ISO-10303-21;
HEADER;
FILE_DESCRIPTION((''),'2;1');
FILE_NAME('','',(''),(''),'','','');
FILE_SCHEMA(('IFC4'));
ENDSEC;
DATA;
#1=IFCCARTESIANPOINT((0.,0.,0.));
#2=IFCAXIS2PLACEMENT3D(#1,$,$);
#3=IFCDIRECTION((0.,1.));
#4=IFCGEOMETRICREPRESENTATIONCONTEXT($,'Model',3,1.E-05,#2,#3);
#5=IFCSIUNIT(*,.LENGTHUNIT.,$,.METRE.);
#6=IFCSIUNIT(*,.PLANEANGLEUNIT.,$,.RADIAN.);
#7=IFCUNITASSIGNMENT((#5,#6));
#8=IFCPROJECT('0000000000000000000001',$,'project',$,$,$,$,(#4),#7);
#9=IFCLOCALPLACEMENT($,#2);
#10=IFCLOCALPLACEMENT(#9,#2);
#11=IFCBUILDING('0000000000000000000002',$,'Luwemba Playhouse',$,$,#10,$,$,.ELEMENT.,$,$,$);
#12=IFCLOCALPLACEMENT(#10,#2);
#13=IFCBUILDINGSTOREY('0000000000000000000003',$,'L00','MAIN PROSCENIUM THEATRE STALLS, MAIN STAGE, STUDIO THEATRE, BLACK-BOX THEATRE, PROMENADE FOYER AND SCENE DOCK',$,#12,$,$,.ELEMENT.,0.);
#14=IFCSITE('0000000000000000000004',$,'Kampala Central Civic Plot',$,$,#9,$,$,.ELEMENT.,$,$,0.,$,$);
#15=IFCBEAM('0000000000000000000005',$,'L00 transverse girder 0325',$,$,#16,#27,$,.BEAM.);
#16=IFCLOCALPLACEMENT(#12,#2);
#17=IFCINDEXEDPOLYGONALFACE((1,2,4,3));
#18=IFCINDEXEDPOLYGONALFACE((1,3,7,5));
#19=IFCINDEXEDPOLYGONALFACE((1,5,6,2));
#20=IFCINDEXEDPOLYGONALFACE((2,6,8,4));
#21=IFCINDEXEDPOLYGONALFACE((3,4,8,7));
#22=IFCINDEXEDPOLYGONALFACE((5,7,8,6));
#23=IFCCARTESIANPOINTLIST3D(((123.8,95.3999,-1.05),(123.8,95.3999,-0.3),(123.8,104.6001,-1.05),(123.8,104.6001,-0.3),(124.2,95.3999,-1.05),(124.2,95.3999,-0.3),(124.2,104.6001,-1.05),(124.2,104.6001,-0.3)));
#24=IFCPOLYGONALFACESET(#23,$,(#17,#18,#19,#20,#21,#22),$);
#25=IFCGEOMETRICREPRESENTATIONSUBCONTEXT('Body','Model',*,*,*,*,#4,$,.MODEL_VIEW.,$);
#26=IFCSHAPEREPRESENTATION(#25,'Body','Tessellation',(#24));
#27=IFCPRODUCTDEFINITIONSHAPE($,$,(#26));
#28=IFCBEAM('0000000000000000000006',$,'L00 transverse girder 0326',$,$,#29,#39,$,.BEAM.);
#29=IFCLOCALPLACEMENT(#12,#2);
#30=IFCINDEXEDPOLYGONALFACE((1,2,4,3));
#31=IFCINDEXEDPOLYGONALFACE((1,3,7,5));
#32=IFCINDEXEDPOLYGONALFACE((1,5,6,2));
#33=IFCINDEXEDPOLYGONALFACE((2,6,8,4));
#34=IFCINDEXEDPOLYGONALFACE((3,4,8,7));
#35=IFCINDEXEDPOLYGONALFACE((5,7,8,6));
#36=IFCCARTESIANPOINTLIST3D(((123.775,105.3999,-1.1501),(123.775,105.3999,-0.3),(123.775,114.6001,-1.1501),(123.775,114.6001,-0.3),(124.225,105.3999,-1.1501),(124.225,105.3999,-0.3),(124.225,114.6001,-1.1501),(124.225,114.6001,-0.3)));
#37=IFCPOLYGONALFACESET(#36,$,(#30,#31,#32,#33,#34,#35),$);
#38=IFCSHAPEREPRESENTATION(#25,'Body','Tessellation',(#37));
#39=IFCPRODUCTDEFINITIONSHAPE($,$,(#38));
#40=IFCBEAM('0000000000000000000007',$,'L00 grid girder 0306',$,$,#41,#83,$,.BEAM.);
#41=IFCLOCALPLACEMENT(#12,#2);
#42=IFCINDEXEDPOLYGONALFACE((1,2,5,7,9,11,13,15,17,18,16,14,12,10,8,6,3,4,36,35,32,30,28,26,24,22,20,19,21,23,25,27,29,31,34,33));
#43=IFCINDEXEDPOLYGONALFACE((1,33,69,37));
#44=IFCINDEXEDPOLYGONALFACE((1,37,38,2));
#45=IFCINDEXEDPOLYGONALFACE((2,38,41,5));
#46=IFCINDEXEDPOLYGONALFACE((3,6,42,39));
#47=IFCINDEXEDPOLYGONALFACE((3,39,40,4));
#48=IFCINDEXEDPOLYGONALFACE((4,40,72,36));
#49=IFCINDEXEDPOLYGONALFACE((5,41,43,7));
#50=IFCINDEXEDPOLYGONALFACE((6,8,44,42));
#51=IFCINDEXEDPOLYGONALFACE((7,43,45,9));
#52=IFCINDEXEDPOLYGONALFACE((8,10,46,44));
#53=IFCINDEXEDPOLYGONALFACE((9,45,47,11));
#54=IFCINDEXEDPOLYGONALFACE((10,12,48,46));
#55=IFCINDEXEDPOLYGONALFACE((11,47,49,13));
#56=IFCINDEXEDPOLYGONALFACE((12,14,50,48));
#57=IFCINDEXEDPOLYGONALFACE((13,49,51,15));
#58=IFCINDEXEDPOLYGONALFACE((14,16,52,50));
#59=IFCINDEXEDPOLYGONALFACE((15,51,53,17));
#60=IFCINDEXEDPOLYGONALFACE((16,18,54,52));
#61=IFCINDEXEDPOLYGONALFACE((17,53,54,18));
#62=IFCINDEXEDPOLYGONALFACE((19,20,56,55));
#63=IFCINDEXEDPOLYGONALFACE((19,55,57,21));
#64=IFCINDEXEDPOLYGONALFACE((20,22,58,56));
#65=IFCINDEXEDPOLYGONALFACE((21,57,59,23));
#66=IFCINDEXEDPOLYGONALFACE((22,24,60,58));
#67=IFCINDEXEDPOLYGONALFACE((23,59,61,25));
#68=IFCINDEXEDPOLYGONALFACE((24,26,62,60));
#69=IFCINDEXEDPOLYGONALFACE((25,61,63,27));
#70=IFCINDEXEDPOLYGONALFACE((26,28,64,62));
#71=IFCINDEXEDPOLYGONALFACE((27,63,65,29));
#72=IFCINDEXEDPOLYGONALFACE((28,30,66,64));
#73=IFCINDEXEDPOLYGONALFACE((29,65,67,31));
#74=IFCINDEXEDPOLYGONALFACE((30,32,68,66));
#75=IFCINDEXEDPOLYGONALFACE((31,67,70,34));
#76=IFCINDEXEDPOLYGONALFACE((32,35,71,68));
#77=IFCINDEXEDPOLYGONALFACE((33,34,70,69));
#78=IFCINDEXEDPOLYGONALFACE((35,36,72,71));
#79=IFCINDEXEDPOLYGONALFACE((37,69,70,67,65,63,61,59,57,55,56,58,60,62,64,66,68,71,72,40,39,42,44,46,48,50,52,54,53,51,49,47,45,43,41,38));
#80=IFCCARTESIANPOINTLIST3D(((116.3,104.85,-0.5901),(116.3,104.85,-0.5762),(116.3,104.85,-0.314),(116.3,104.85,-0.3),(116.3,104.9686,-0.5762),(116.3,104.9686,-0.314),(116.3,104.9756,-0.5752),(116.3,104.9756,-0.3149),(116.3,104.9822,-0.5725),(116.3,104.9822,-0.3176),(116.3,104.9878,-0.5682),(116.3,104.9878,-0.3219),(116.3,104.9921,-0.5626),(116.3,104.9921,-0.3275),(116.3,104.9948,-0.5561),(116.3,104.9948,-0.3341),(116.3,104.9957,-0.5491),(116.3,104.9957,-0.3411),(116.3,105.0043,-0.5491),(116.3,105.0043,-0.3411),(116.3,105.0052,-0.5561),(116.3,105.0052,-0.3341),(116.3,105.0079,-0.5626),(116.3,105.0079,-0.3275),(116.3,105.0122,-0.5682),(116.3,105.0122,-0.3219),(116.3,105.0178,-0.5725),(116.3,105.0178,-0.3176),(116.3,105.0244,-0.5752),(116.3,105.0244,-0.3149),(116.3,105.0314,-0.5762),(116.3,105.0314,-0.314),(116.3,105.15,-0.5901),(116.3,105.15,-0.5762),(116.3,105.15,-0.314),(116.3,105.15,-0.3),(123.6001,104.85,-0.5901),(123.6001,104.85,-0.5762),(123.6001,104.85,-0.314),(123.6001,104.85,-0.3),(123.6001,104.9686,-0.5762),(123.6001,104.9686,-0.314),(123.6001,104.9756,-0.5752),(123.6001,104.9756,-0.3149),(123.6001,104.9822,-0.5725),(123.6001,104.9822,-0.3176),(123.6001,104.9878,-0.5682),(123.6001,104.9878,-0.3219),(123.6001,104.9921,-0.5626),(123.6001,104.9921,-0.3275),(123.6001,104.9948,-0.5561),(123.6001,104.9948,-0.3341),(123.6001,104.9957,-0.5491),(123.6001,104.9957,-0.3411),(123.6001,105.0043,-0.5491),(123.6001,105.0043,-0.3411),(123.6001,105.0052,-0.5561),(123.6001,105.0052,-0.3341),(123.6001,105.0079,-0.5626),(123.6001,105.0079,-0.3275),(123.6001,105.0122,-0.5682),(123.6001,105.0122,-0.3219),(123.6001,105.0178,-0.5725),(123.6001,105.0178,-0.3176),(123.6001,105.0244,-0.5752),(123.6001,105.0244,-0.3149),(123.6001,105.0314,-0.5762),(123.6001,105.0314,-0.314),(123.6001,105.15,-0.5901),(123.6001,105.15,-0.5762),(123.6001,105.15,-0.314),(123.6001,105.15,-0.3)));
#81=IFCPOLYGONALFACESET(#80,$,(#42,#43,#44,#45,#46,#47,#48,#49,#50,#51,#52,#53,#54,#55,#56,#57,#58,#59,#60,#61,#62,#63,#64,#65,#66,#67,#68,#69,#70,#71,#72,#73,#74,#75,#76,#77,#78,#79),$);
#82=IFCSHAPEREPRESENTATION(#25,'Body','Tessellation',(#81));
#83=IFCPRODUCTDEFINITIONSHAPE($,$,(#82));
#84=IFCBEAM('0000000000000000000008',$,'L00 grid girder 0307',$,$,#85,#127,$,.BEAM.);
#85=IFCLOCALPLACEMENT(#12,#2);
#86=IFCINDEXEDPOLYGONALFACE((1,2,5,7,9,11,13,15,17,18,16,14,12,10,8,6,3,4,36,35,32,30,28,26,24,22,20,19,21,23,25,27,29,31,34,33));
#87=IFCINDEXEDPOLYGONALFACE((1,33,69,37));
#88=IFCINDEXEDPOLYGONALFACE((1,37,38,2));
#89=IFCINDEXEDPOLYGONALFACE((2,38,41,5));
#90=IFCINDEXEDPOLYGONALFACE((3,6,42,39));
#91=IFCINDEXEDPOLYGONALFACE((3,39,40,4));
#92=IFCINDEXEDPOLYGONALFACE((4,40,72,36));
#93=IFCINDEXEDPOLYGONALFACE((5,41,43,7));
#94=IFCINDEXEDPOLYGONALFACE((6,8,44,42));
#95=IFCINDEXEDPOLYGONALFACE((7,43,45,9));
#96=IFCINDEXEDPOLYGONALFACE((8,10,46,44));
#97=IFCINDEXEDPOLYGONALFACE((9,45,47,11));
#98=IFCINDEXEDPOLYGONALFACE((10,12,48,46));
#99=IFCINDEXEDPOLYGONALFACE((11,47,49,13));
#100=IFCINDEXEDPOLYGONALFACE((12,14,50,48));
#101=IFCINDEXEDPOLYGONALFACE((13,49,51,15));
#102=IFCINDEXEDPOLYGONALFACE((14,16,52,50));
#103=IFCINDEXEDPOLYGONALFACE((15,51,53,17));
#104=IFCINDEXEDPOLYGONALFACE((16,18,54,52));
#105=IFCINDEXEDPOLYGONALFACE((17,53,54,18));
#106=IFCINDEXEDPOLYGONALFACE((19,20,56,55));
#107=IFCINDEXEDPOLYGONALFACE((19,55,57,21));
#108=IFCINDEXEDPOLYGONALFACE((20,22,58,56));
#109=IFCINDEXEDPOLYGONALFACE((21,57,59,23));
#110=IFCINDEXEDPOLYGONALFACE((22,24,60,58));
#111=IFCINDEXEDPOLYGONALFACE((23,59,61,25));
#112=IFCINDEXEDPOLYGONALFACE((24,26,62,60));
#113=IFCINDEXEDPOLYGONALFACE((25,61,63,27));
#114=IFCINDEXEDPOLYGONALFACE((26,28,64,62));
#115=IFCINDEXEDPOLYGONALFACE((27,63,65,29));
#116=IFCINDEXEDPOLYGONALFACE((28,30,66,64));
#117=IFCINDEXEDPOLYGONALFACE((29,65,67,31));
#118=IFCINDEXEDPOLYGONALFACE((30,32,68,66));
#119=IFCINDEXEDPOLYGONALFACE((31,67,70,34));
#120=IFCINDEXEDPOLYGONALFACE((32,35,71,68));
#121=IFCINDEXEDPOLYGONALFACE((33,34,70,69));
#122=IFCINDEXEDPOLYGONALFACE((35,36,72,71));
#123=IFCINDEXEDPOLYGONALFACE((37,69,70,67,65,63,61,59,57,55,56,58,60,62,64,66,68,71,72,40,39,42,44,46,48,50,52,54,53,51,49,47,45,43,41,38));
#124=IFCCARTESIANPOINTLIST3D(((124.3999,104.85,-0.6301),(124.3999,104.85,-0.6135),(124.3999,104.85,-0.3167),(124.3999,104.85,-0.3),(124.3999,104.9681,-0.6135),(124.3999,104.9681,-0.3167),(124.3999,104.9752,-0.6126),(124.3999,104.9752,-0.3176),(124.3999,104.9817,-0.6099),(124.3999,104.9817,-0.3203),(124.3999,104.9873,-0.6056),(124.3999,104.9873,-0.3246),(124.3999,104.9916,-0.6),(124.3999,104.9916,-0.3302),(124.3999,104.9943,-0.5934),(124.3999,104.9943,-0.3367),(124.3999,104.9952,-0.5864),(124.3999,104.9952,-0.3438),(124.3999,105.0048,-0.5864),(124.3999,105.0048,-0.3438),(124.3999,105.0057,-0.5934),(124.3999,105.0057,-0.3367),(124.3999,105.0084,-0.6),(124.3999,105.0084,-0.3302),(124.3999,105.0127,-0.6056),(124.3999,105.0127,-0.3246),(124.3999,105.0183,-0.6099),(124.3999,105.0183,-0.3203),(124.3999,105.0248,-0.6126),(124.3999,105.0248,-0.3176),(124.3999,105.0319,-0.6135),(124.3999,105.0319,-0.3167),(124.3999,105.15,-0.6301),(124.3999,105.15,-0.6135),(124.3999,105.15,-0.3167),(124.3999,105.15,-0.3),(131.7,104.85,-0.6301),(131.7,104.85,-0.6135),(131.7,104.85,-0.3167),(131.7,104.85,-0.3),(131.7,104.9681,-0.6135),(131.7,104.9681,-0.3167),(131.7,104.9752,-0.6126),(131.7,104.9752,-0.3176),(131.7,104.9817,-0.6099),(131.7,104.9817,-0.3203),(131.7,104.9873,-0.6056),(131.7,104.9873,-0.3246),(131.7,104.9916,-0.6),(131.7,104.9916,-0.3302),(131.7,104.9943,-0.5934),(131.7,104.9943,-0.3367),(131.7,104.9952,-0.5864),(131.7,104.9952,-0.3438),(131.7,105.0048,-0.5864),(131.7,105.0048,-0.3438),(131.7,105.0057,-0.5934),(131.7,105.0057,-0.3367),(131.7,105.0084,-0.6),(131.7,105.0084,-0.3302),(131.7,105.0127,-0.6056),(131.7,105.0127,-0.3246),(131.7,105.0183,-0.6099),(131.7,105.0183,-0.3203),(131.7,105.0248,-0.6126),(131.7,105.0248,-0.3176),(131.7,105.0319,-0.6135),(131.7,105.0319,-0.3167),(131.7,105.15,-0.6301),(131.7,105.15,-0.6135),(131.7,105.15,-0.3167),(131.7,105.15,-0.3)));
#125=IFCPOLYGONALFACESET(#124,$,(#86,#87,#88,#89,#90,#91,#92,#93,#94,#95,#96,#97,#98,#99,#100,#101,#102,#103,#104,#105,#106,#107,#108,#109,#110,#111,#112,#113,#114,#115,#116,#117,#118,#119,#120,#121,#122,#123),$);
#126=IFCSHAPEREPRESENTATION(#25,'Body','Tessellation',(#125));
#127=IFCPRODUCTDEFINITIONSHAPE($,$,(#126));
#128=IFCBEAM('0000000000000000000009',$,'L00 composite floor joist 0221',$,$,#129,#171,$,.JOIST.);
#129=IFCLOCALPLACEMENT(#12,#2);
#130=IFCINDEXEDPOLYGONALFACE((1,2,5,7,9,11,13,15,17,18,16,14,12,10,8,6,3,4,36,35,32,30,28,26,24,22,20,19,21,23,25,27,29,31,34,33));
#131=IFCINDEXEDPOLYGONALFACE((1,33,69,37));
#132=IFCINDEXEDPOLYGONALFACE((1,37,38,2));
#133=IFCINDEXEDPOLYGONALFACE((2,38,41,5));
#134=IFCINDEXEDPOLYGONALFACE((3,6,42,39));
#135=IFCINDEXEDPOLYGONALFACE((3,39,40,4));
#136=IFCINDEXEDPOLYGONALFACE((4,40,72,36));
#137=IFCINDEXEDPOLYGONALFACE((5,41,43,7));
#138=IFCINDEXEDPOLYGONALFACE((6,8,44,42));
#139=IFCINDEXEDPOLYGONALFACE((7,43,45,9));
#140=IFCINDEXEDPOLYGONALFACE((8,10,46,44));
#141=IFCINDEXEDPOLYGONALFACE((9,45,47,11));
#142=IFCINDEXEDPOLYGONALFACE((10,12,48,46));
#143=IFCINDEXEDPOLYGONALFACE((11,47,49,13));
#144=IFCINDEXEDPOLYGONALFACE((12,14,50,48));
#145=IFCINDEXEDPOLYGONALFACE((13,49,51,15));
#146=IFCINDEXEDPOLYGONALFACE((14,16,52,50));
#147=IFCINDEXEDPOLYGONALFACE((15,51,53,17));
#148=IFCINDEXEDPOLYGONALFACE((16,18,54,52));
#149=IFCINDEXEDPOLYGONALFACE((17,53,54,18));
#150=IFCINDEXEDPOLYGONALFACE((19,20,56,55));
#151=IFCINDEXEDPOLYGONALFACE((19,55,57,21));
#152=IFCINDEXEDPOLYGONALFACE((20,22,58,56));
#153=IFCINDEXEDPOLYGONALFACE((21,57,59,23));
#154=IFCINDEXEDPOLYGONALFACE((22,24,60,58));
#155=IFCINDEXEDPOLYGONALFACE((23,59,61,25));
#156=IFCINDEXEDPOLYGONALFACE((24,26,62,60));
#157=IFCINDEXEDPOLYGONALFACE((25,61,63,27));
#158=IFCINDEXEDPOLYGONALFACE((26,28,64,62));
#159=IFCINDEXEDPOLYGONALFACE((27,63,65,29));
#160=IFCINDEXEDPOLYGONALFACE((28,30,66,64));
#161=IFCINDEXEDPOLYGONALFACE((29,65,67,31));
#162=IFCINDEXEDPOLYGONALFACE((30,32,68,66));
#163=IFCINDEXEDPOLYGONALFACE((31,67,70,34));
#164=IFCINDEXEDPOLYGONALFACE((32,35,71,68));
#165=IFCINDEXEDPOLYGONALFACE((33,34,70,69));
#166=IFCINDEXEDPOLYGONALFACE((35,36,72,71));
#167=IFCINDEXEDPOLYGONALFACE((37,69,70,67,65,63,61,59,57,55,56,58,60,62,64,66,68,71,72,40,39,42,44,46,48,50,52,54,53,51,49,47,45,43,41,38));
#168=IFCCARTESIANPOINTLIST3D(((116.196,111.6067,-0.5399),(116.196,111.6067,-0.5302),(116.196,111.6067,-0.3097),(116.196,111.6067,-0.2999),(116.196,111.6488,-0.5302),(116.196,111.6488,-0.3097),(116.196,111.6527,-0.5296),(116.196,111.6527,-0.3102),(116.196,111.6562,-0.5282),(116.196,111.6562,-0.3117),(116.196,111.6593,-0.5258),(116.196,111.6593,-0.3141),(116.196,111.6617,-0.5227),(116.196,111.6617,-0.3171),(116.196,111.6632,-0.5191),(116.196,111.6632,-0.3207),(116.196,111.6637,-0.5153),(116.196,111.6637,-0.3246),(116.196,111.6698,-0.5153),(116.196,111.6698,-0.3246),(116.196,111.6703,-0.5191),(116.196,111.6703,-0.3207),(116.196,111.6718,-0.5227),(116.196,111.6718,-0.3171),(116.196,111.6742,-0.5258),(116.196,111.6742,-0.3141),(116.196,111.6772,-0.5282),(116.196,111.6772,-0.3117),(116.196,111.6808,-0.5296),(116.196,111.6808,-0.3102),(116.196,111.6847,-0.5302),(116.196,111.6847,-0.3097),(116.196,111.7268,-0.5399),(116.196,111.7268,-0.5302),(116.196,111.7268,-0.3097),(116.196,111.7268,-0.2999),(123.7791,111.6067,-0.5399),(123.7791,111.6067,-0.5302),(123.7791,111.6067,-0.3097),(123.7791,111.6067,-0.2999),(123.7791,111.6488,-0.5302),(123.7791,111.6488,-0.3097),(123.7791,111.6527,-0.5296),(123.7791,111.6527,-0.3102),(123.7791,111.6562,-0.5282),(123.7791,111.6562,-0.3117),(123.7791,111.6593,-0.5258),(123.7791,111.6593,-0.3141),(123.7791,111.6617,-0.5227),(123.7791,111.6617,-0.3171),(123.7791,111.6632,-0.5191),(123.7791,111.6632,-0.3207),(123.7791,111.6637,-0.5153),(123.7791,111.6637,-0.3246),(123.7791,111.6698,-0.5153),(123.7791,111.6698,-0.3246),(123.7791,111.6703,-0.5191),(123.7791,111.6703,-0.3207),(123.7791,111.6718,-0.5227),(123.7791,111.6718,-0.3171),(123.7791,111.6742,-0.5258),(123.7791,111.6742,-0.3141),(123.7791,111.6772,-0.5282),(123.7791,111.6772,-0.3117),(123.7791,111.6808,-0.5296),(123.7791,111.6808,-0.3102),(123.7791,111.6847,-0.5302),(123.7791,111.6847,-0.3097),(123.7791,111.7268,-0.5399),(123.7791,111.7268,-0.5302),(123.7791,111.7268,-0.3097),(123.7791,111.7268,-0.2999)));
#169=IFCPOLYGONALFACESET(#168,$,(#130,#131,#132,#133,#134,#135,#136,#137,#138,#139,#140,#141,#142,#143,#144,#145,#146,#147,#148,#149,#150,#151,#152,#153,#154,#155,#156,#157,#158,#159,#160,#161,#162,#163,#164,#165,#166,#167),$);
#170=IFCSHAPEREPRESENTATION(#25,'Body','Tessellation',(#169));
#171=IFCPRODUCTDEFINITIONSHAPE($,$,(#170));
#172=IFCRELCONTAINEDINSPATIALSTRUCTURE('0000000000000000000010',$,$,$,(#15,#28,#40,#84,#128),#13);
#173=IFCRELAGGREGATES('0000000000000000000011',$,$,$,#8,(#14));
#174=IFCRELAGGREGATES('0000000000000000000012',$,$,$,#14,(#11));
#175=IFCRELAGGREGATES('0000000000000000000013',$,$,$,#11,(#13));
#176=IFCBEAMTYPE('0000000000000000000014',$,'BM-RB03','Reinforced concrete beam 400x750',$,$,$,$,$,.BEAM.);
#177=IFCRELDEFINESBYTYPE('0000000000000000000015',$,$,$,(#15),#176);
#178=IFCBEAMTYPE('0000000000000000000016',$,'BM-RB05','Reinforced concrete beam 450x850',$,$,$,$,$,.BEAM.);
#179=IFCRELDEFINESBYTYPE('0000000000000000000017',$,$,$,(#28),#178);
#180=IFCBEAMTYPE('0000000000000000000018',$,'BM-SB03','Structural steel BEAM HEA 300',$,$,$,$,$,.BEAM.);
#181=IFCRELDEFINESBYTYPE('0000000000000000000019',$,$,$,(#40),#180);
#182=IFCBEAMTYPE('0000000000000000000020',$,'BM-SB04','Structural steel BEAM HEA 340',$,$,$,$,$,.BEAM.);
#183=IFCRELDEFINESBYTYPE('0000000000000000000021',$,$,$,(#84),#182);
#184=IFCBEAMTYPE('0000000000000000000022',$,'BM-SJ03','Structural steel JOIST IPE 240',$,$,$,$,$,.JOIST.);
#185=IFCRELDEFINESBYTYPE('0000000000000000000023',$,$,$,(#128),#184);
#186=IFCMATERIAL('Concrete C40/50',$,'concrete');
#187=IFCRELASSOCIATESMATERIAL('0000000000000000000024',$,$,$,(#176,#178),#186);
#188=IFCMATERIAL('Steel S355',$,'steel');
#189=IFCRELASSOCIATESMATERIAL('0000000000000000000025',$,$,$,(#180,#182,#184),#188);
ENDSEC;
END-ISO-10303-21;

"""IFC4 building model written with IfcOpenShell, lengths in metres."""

from ifc_helpers import new_model, si_unit, direction, frame, origin, origin_2d, place, context, subcontext, project, spatial, rectangle, i_section, extrude, material, material_profile, profile_set, type_object, element, save


model = new_model("IFC4")

# Units and contexts
model_context = context("Model", 3, precision=1e-05, world=origin(), true_north=direction((0.0, 1.0)))
body_context = subcontext(model_context, "Body", "Model", "MODEL_VIEW")
ifc_project = project(units=[si_unit("LENGTHUNIT", "METRE"), si_unit("PLANEANGLEUNIT", "RADIAN")], contexts=[model_context])

# Site, building, storey
site_placement = place(None, origin())
site = spatial("IfcSite", under=ifc_project, at=site_placement, Name="Kampala Central Civic Plot", CompositionType="ELEMENT", RefElevation=0.0)
building_placement = place(site_placement, origin())
building = spatial("IfcBuilding", under=site, at=building_placement, Name="Luwemba Playhouse", CompositionType="ELEMENT")
storey_placement = place(building_placement, origin())
storey = spatial("IfcBuildingStorey", under=building, at=storey_placement, Name="L00", Description="MAIN PROSCENIUM THEATRE STALLS, MAIN STAGE, STUDIO THEATRE, BLACK-BOX THEATRE, PROMENADE FOYER AND SCENE DOCK", CompositionType="ELEMENT", Elevation=0.0)

# Beams
ifc_material_1 = material(Name="Concrete C40/50", Category="concrete")
ifc_material_profile_1 = material_profile(ifc_material_1, rectangle(XDim=0.3999, YDim=0.75, at=origin_2d()))
ifc_profile_set_1 = profile_set([ifc_material_profile_1], Name="Concrete C40/50")
beam_type_1 = type_object("IfcBeamType", Name="BM-RB03", Description="Reinforced concrete beam 400x750", PredefinedType="BEAM", material=ifc_profile_set_1)
beam_1_placement = place(storey_placement, frame((124.0, 95.3999, -0.675), z_axis=(0.0, 1.0, 0.0), x_axis=(-1.0, 0.0, 0.0)))
element("IfcBeam", 1, at=beam_1_placement, inside=storey, type_object=beam_type_1, Name="L00 transverse girder 0325", PredefinedType="BEAM", context=body_context, shape_type="SweptSolid", body=[
    extrude(rectangle(XDim=0.3999, YDim=0.75, at=origin_2d()), origin(), (0.0, 0.0, 1.0), 9.2002),
])
ifc_material_profile_2 = material_profile(ifc_material_1, rectangle(XDim=0.45, YDim=0.8501, at=origin_2d()))
ifc_profile_set_2 = profile_set([ifc_material_profile_2], Name="Concrete C40/50")
beam_type_2 = type_object("IfcBeamType", Name="BM-RB05", Description="Reinforced concrete beam 450x850", PredefinedType="BEAM", material=ifc_profile_set_2)
beam_2_placement = place(storey_placement, frame((124.0, 105.3999, -0.7251), z_axis=(0.0, 1.0, 0.0), x_axis=(-1.0, 0.0, 0.0)))
element("IfcBeam", 2, at=beam_2_placement, inside=storey, type_object=beam_type_2, Name="L00 transverse girder 0326", PredefinedType="BEAM", context=body_context, shape_type="SweptSolid", body=[
    extrude(rectangle(XDim=0.45, YDim=0.8501, at=origin_2d()), origin(), (0.0, 0.0, 1.0), 9.2002),
])
ifc_material_2 = material(Name="Steel S355", Category="steel")
ifc_material_profile_3 = material_profile(ifc_material_2, i_section(OverallWidth=0.3, OverallDepth=0.29, WebThickness=0.0085, FlangeThickness=0.0139, FilletRadius=0.0271, at=origin_2d()))
ifc_profile_set_3 = profile_set([ifc_material_profile_3], Name="Steel S355")
beam_type_3 = type_object("IfcBeamType", Name="BM-SB03", Description="Structural steel BEAM HEA 300", PredefinedType="BEAM", material=ifc_profile_set_3)
beam_3_placement = place(storey_placement, frame((116.3, 105.0, -0.4451), z_axis=(1.0, 0.0, 0.0), x_axis=(0.0, 1.0, 0.0)))
element("IfcBeam", 3, at=beam_3_placement, inside=storey, type_object=beam_type_3, Name="L00 grid girder 0306", PredefinedType="BEAM", context=body_context, shape_type="SweptSolid", body=[
    extrude(i_section(OverallWidth=0.3, OverallDepth=0.29, WebThickness=0.0085, FlangeThickness=0.0139, FilletRadius=0.0271, at=origin_2d()), origin(), (0.0, 0.0, 1.0), 7.3),
])
ifc_material_profile_4 = material_profile(ifc_material_2, i_section(OverallWidth=0.3, OverallDepth=0.3301, WebThickness=0.0095, FlangeThickness=0.0166, FilletRadius=0.0271, at=origin_2d()))
ifc_profile_set_4 = profile_set([ifc_material_profile_4], Name="Steel S355")
beam_type_4 = type_object("IfcBeamType", Name="BM-SB04", Description="Structural steel BEAM HEA 340", PredefinedType="BEAM", material=ifc_profile_set_4)
beam_4_placement = place(storey_placement, frame((124.3999, 105.0, -0.4651), z_axis=(1.0, 0.0, 0.0), x_axis=(0.0, 1.0, 0.0)))
element("IfcBeam", 4, at=beam_4_placement, inside=storey, type_object=beam_type_4, Name="L00 grid girder 0307", PredefinedType="BEAM", context=body_context, shape_type="SweptSolid", body=[
    extrude(i_section(OverallWidth=0.3, OverallDepth=0.3301, WebThickness=0.0095, FlangeThickness=0.0166, FilletRadius=0.0271, at=origin_2d()), origin(), (0.0, 0.0, 1.0), 7.3),
])
ifc_material_profile_5 = material_profile(ifc_material_2, i_section(OverallWidth=0.1201, OverallDepth=0.24, WebThickness=0.0061, FlangeThickness=0.0098, FilletRadius=0.0149, at=origin_2d()))
ifc_profile_set_5 = profile_set([ifc_material_profile_5], Name="Steel S355")
beam_type_5 = type_object("IfcBeamType", Name="BM-SJ03", Description="Structural steel JOIST IPE 240", PredefinedType="JOIST", material=ifc_profile_set_5)
beam_5_placement = place(storey_placement, frame((116.196, 111.6667, -0.4199), z_axis=(1.0, 0.0, 0.0), x_axis=(0.0, 1.0, 0.0)))
element("IfcBeam", 5, at=beam_5_placement, inside=storey, type_object=beam_type_5, Name="L00 composite floor joist 0221", PredefinedType="JOIST", context=body_context, shape_type="SweptSolid", body=[
    extrude(i_section(OverallWidth=0.1201, OverallDepth=0.24, WebThickness=0.0061, FlangeThickness=0.0098, FilletRadius=0.0149, at=origin_2d()), origin(), (0.0, 0.0, 1.0), 7.583),
])

save(model, "model.ifc")
